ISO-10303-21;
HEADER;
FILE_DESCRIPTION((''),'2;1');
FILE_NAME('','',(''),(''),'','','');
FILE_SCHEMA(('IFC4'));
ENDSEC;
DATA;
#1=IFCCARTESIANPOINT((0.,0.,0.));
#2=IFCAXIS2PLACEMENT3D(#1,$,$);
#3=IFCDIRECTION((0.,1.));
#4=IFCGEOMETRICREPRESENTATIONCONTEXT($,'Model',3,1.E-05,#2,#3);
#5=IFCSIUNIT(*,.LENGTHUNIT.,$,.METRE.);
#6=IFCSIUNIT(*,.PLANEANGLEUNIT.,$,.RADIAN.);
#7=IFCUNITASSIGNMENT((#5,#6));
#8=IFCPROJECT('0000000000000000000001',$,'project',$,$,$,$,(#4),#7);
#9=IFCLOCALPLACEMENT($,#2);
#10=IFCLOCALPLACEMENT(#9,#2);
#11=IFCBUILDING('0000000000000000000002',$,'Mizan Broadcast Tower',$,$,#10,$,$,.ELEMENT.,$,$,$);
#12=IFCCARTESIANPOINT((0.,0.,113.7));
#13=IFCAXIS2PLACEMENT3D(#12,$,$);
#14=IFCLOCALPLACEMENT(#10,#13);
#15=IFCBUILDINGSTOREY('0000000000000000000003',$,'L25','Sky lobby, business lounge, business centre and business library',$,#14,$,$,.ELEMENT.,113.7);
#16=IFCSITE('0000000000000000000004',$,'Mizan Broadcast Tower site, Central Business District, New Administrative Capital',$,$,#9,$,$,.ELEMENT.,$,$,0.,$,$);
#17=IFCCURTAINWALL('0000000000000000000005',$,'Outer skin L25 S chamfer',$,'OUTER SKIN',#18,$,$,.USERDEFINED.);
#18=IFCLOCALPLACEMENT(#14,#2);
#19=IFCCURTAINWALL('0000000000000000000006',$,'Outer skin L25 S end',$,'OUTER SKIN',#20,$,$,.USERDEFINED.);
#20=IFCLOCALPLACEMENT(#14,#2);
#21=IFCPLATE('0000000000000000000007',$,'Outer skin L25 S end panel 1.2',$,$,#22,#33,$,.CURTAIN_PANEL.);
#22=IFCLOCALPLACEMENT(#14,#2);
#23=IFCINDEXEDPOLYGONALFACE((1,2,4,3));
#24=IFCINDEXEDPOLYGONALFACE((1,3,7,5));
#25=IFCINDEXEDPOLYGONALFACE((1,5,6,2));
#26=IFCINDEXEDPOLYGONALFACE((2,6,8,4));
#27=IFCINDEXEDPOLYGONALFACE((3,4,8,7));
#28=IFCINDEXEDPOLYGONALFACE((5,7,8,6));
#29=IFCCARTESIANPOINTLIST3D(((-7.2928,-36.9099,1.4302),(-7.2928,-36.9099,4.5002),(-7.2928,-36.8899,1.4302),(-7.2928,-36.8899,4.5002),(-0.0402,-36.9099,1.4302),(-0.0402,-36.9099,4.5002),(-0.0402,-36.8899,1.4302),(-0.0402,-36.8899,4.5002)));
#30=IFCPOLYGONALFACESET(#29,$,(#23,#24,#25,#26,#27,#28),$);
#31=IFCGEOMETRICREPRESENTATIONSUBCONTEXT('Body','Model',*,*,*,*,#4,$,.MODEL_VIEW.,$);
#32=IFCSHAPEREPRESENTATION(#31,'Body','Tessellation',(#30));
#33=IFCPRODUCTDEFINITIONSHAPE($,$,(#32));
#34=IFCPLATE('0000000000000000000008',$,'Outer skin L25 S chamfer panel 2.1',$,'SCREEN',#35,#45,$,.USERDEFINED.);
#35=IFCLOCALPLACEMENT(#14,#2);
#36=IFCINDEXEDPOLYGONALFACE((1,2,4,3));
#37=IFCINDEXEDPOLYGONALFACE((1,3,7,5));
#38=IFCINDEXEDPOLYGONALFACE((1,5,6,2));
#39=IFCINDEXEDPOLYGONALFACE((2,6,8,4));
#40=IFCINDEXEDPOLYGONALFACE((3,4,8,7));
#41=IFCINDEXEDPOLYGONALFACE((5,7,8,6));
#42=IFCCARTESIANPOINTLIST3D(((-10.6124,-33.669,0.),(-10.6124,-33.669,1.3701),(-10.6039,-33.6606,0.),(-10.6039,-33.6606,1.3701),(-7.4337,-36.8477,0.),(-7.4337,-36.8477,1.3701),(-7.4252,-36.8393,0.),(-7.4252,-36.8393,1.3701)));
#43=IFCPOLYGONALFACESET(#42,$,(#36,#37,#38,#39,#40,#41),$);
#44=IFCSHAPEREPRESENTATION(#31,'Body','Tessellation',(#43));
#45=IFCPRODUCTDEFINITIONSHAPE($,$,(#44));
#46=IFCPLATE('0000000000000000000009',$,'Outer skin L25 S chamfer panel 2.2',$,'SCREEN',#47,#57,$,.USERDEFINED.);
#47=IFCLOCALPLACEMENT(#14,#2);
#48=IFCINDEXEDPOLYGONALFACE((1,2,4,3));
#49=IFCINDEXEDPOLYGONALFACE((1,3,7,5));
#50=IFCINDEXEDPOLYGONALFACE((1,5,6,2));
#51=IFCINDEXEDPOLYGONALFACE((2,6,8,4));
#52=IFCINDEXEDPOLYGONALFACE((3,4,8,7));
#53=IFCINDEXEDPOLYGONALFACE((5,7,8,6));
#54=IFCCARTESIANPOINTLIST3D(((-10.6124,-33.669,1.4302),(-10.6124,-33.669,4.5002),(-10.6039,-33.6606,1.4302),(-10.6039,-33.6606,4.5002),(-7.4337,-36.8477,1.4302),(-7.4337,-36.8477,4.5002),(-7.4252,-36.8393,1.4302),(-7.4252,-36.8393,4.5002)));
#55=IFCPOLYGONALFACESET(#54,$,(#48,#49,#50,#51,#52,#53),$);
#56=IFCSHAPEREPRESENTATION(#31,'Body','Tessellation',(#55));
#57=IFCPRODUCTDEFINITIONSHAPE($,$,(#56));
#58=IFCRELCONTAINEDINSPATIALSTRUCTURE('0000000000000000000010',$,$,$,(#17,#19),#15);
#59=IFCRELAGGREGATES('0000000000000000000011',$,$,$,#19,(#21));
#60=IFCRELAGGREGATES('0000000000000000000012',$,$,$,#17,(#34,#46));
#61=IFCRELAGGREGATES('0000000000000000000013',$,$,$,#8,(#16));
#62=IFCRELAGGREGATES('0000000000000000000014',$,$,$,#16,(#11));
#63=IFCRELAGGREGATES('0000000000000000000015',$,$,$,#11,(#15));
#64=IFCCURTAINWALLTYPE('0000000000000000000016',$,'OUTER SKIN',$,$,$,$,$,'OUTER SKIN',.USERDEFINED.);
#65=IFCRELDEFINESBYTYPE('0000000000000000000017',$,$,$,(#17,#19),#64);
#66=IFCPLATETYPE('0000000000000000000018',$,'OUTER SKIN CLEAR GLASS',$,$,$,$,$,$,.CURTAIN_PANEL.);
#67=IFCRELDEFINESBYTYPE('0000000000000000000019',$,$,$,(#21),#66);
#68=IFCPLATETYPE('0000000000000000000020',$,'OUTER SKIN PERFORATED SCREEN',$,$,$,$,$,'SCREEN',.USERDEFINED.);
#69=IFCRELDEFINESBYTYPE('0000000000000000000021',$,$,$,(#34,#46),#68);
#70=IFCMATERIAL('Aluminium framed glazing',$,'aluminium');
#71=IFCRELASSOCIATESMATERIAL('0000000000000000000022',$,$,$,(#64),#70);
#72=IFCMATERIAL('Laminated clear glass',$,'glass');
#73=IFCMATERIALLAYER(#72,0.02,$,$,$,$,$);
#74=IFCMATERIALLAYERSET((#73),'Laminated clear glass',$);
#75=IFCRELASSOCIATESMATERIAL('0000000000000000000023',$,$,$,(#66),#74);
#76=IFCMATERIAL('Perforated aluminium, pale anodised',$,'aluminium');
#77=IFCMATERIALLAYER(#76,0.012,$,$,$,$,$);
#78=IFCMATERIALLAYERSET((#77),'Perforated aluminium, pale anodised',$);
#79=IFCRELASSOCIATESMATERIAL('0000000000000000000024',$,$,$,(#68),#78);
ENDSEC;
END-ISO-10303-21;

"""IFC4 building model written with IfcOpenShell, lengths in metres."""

from ifc_helpers import new_model, si_unit, direction, frame, origin, origin_2d, place, context, subcontext, project, spatial, rectangle, extrude, material, layer, layer_set, type_object, element, aggregate, save


model = new_model("IFC4")

# Units and contexts
model_context = context("Model", 3, precision=1e-05, world=origin(), true_north=direction((0.0, 1.0)))
body_context = subcontext(model_context, "Body", "Model", "MODEL_VIEW")
ifc_project = project(units=[si_unit("LENGTHUNIT", "METRE"), si_unit("PLANEANGLEUNIT", "RADIAN")], contexts=[model_context])

# Site, building, storey
site_placement = place(None, origin())
site = spatial("IfcSite", under=ifc_project, at=site_placement, Name="Mizan Broadcast Tower site, Central Business District, New Administrative Capital", CompositionType="ELEMENT", RefElevation=0.0)
building_placement = place(site_placement, origin())
building = spatial("IfcBuilding", under=site, at=building_placement, Name="Mizan Broadcast Tower", CompositionType="ELEMENT")
storey_placement = place(building_placement, frame((0.0, 0.0, 113.7)))
storey = spatial("IfcBuildingStorey", under=building, at=storey_placement, Name="L25", Description="Sky lobby, business lounge, business centre and business library", CompositionType="ELEMENT", Elevation=113.7)

# Curtain wall
ifc_material_1 = material(Name="Aluminium framed glazing", Category="aluminium")
curtain_wall_type_1 = type_object("IfcCurtainWallType", Name="OUTER SKIN", ElementType="OUTER SKIN", PredefinedType="USERDEFINED", material=ifc_material_1)
curtain_wall_1_placement = place(storey_placement, origin())
curtain_wall_1 = element("IfcCurtainWall", 1, at=curtain_wall_1_placement, inside=storey, type_object=curtain_wall_type_1, Name="Outer skin L25 S chamfer", ObjectType="OUTER SKIN", PredefinedType="USERDEFINED")

# Curtain wall
curtain_wall_2_placement = place(storey_placement, origin())
curtain_wall_2 = element("IfcCurtainWall", 2, at=curtain_wall_2_placement, inside=storey, type_object=curtain_wall_type_1, Name="Outer skin L25 S end", ObjectType="OUTER SKIN", PredefinedType="USERDEFINED")

# Plates
ifc_material_2 = material(Name="Laminated clear glass", Category="glass")
ifc_layer_1 = layer(ifc_material_2, 0.02)
ifc_layer_set_1 = layer_set([ifc_layer_1], Name="Laminated clear glass")
plate_type_1 = type_object("IfcPlateType", Name="OUTER SKIN CLEAR GLASS", PredefinedType="CURTAIN_PANEL", material=ifc_layer_set_1)
plate_1_placement = place(storey_placement, frame((-3.6665, -36.8999, 1.4302), z_axis=(0.0, 0.0, 1.0), x_axis=(1.0, 0.0, 0.0)))
plate_1 = element("IfcPlate", 3, at=plate_1_placement, type_object=plate_type_1, Name="Outer skin L25 S end panel 1.2", PredefinedType="CURTAIN_PANEL", context=body_context, shape_type="SweptSolid", body=[
    extrude(rectangle(XDim=7.2527, YDim=0.02, at=origin_2d()), origin(), (0.0, 0.0, 1.0), 3.0701),
])
aggregate(curtain_wall_2, [plate_1])
ifc_material_3 = material(Name="Perforated aluminium, pale anodised", Category="aluminium")
ifc_layer_2 = layer(ifc_material_3, 0.012)
ifc_layer_set_2 = layer_set([ifc_layer_2], Name="Perforated aluminium, pale anodised")
plate_type_2 = type_object("IfcPlateType", Name="OUTER SKIN PERFORATED SCREEN", ElementType="SCREEN", PredefinedType="USERDEFINED", material=ifc_layer_set_2)
plate_2_placement = place(storey_placement, frame((-9.0188, -35.2542, 0.0), z_axis=(0.0, 0.0, 1.0), x_axis=(0.707107, -0.707107, 0.0)))
plate_2 = element("IfcPlate", 4, at=plate_2_placement, type_object=plate_type_2, Name="Outer skin L25 S chamfer panel 2.1", ObjectType="SCREEN", PredefinedType="USERDEFINED", context=body_context, shape_type="SweptSolid", body=[
    extrude(rectangle(XDim=4.4954, YDim=0.012, at=origin_2d()), origin(), (0.0, 0.0, 1.0), 1.3701),
])
plate_3_placement = place(storey_placement, frame((-9.0188, -35.2542, 1.4302), z_axis=(0.0, 0.0, 1.0), x_axis=(0.707107, -0.707107, 0.0)))
plate_3 = element("IfcPlate", 5, at=plate_3_placement, type_object=plate_type_2, Name="Outer skin L25 S chamfer panel 2.2", ObjectType="SCREEN", PredefinedType="USERDEFINED", context=body_context, shape_type="SweptSolid", body=[
    extrude(rectangle(XDim=4.4954, YDim=0.012, at=origin_2d()), origin(), (0.0, 0.0, 1.0), 3.0701),
])
aggregate(curtain_wall_1, [plate_2, plate_3])

save(model, "model.ifc")
